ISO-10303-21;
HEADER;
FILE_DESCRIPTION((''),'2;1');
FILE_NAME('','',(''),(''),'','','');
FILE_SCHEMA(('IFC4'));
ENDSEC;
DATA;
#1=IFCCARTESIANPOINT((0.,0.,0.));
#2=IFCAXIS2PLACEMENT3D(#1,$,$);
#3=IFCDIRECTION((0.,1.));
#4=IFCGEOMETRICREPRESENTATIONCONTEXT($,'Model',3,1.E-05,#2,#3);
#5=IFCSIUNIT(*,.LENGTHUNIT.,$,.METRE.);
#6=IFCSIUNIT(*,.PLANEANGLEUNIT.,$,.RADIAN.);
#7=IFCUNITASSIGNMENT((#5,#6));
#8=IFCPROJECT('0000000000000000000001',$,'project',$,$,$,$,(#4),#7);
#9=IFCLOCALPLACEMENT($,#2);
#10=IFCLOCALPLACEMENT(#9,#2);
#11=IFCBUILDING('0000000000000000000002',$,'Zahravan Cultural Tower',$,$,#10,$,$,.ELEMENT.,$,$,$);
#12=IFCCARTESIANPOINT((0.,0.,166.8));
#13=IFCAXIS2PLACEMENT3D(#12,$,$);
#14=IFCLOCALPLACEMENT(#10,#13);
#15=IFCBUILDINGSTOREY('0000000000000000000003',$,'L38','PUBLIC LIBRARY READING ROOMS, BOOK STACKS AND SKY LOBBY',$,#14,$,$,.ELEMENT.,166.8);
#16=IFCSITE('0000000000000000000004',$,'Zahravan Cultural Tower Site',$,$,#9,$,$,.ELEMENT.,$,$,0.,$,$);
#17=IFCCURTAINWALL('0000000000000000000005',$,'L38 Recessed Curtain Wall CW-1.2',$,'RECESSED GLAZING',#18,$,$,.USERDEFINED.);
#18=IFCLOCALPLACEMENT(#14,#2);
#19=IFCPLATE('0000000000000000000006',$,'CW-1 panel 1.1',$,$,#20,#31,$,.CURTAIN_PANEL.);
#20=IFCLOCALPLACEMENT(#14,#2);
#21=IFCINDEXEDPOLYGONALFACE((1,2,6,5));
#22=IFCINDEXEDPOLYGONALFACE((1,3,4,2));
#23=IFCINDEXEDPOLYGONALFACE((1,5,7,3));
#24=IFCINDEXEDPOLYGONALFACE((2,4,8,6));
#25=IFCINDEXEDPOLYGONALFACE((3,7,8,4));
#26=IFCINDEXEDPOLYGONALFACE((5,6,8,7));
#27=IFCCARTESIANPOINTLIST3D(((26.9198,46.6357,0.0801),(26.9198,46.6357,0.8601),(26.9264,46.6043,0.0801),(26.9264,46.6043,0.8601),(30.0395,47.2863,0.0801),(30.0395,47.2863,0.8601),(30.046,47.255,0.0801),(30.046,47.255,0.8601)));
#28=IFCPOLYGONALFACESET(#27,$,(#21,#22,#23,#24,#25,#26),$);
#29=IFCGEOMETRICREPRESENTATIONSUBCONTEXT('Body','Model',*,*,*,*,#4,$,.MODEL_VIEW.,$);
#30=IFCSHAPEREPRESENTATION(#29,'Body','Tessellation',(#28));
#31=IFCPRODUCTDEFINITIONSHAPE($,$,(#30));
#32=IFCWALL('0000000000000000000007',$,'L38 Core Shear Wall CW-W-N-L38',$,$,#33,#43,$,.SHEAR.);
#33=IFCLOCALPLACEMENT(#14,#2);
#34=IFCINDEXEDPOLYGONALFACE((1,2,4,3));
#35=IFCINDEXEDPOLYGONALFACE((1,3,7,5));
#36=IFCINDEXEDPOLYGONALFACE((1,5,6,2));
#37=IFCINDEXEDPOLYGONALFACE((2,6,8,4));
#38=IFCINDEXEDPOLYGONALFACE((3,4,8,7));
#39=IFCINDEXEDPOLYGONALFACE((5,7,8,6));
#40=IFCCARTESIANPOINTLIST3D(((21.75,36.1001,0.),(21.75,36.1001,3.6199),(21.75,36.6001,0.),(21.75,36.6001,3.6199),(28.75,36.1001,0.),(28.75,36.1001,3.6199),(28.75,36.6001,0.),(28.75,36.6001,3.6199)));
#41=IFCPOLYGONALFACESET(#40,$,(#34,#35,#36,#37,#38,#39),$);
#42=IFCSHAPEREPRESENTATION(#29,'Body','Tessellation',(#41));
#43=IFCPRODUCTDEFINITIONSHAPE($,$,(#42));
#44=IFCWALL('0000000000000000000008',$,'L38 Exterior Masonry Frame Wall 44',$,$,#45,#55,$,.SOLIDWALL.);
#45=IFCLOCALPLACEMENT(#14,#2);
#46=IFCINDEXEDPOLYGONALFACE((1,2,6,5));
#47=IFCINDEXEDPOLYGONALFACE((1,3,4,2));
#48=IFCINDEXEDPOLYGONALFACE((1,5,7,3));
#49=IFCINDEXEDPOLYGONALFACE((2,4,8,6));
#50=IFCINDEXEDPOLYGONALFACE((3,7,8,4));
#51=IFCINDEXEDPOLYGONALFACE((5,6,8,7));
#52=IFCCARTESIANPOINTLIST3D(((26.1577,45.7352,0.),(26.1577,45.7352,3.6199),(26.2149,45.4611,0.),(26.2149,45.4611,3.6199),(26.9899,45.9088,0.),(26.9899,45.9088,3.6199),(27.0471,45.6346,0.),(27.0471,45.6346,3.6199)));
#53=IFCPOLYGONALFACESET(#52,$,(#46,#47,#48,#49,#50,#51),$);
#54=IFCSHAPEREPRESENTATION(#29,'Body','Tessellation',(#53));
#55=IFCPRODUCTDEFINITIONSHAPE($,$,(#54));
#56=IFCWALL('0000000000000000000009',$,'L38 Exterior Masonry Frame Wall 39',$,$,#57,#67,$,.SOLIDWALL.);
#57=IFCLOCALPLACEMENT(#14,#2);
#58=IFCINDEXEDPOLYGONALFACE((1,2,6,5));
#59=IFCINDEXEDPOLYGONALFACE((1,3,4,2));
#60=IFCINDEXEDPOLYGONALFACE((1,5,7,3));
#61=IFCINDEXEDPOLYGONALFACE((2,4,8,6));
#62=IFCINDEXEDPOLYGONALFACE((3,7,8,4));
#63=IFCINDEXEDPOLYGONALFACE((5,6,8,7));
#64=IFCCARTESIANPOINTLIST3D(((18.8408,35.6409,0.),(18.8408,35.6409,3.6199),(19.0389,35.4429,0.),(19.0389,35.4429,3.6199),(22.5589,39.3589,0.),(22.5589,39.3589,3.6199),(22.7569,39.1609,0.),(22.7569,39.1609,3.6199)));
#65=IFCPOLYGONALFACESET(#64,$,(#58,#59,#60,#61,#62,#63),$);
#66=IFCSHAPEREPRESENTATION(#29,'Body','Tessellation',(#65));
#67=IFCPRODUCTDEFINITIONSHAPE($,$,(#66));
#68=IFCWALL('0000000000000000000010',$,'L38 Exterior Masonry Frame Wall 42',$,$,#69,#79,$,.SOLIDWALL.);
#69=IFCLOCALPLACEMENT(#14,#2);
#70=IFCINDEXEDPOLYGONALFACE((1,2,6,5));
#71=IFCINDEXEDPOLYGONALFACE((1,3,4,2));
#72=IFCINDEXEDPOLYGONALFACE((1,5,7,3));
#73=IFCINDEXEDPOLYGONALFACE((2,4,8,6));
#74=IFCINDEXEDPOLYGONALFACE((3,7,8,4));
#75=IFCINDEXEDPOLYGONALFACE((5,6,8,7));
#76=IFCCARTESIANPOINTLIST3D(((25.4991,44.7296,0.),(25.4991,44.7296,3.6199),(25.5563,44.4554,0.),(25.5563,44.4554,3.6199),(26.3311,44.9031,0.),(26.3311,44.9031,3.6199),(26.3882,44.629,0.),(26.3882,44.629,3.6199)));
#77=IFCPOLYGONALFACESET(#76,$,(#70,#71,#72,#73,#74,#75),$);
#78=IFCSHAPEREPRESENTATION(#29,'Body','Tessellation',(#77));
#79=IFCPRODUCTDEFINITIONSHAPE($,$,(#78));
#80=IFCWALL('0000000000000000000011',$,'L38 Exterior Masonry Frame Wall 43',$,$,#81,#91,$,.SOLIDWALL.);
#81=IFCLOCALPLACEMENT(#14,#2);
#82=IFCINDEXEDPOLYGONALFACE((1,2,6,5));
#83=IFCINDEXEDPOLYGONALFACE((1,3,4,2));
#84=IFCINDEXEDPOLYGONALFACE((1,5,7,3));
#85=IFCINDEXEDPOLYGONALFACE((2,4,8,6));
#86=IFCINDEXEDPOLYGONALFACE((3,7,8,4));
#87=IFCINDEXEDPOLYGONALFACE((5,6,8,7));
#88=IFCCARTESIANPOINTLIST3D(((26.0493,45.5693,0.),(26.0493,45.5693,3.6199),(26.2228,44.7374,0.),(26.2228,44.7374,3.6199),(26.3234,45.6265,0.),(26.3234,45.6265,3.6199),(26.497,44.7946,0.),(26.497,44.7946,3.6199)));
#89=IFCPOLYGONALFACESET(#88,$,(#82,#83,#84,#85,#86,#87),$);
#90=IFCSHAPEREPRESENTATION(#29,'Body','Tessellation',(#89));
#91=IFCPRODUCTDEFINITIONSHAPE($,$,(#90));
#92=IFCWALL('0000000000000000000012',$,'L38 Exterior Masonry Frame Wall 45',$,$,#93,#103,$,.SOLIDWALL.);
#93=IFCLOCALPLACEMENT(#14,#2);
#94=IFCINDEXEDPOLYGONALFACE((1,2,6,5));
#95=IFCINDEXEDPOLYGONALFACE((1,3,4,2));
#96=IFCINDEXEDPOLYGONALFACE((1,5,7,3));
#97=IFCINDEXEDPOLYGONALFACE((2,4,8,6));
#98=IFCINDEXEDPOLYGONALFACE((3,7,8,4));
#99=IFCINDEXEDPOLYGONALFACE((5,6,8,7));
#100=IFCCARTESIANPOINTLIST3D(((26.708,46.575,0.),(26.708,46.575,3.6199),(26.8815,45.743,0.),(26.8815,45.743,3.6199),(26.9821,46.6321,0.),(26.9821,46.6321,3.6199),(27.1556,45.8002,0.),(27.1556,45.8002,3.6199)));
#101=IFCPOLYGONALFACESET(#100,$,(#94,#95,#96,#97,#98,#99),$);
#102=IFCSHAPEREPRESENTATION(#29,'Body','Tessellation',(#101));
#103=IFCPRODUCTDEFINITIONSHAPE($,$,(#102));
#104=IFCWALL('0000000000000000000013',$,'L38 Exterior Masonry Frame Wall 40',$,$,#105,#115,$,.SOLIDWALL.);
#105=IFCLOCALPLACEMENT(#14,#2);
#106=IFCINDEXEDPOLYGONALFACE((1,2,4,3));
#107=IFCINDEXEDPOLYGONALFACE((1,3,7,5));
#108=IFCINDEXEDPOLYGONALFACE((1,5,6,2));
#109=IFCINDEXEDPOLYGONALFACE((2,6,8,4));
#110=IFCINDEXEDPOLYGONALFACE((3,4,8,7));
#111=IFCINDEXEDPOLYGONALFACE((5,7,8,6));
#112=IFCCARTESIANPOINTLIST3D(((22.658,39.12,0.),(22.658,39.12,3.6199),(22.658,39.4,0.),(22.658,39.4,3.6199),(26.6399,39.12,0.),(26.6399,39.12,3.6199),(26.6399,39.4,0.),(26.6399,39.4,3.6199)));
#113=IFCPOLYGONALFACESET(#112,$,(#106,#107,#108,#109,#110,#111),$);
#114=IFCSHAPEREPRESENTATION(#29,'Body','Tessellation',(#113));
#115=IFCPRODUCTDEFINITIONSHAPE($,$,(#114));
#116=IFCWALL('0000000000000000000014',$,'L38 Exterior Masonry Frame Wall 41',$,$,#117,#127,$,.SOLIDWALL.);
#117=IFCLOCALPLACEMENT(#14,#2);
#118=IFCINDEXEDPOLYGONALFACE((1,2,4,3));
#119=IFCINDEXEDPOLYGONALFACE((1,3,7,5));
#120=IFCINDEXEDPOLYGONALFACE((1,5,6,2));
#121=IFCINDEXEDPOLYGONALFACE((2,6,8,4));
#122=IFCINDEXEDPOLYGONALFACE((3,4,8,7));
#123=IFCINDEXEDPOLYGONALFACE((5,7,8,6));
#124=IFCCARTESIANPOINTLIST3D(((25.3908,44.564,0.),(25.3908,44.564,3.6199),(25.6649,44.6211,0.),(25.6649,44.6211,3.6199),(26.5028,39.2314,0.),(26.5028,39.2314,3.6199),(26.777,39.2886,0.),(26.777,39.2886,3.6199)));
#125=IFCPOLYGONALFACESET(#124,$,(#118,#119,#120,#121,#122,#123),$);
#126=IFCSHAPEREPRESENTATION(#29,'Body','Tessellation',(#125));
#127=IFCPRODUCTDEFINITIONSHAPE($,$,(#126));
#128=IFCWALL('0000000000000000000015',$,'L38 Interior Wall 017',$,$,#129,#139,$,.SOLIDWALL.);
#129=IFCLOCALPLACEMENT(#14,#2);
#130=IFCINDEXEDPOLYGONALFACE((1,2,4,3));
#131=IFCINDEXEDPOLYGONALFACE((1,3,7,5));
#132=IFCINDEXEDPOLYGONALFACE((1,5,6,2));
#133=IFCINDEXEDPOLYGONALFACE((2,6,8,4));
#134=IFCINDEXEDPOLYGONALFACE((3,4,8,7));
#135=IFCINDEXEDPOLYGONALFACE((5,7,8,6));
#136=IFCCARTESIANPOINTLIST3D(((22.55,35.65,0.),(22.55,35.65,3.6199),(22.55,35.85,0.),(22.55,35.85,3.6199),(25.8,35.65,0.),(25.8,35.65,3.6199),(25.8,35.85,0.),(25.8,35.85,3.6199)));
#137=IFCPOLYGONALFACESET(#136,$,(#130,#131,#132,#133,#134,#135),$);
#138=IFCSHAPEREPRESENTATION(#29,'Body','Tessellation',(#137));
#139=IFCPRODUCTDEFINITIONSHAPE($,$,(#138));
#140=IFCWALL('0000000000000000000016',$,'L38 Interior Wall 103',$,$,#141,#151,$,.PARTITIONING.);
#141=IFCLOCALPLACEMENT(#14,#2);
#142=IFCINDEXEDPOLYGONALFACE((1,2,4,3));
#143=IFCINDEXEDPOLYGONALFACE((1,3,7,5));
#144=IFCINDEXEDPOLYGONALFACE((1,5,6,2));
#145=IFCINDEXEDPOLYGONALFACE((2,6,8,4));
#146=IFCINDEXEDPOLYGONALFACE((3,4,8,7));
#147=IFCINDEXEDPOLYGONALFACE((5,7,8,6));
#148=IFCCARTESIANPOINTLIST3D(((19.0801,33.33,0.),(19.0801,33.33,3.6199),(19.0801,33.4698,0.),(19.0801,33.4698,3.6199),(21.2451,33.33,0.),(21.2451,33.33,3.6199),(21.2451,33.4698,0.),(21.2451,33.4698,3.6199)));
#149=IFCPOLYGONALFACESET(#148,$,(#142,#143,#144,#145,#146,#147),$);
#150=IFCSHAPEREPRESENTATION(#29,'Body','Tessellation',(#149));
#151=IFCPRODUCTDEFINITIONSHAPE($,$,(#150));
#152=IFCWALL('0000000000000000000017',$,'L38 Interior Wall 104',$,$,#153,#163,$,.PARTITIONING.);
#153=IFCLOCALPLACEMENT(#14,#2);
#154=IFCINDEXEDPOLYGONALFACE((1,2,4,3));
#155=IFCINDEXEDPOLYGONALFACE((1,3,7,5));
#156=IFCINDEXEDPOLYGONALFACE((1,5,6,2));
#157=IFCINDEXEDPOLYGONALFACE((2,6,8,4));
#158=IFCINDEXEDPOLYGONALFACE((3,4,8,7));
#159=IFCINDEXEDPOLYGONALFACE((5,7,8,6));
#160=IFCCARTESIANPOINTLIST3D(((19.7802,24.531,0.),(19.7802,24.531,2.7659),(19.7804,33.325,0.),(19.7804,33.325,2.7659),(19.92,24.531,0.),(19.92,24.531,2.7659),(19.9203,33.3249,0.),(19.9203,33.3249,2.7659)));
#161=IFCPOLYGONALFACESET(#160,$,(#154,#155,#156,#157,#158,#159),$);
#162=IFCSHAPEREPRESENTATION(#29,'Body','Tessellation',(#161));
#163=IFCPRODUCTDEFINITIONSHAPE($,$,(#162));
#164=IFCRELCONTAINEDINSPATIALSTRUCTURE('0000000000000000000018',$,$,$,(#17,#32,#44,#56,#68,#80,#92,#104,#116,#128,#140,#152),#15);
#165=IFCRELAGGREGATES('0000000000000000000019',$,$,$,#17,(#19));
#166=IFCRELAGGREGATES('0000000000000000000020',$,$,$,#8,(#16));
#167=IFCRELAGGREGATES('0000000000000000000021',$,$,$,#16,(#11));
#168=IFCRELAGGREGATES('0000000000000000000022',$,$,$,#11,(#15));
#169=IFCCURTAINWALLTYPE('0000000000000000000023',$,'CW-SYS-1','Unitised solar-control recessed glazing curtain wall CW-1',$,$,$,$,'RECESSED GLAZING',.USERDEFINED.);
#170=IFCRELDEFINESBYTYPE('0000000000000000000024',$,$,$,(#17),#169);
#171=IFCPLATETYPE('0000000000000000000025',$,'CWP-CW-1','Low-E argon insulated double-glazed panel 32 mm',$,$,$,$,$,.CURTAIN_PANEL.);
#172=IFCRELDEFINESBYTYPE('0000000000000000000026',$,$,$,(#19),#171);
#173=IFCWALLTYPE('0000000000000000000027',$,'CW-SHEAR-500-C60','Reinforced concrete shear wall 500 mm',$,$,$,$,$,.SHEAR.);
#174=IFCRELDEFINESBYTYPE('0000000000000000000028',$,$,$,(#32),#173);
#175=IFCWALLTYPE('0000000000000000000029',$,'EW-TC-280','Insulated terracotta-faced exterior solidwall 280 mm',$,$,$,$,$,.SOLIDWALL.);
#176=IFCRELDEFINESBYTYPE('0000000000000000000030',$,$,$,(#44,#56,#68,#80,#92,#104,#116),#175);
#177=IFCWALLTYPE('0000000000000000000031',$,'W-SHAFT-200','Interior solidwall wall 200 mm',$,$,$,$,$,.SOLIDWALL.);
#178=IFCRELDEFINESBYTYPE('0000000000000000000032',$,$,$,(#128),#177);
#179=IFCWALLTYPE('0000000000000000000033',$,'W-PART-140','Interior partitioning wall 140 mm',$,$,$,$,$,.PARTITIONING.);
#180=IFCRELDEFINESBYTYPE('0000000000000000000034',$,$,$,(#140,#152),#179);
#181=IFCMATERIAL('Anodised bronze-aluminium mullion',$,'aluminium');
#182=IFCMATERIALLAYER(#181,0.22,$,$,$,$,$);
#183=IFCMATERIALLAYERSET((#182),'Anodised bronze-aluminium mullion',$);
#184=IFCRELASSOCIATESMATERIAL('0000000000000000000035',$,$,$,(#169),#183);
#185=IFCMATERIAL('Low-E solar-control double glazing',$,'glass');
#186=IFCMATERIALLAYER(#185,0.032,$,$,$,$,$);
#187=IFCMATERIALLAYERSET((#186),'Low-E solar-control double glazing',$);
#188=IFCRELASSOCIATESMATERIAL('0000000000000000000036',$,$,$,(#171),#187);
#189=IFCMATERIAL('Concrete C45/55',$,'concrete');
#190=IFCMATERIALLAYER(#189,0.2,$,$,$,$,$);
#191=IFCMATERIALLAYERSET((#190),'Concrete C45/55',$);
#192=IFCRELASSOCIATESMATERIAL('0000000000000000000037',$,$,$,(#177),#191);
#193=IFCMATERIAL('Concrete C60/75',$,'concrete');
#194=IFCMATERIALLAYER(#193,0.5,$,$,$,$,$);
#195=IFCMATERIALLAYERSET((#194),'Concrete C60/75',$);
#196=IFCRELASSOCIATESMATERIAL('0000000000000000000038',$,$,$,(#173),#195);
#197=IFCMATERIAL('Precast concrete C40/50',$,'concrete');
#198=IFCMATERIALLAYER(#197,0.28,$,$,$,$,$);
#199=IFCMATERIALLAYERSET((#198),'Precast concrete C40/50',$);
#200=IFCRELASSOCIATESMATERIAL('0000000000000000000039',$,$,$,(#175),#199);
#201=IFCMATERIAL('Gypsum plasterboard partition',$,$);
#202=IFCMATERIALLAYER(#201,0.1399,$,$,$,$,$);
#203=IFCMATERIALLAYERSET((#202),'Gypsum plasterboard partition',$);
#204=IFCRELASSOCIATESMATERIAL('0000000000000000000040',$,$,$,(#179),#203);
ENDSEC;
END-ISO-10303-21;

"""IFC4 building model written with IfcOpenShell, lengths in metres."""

from ifc_helpers import new_model, si_unit, direction, frame, frame_2d, origin, origin_2d, place, context, subcontext, project, spatial, rectangle, extrude, source, transform, mapped, material, layer, layer_set, type_object, element, aggregate, save


model = new_model("IFC4")

# Units and contexts
model_context = context("Model", 3, precision=1e-05, world=origin(), true_north=direction((0.0, 1.0)))
body_context = subcontext(model_context, "Body", "Model", "MODEL_VIEW")
ifc_project = project(units=[si_unit("LENGTHUNIT", "METRE"), si_unit("PLANEANGLEUNIT", "RADIAN")], contexts=[model_context])

# Site, building, storey
site_placement = place(None, origin())
site = spatial("IfcSite", under=ifc_project, at=site_placement, Name="Zahravan Cultural Tower Site", CompositionType="ELEMENT", RefElevation=0.0)
building_placement = place(site_placement, origin())
building = spatial("IfcBuilding", under=site, at=building_placement, Name="Zahravan Cultural Tower", CompositionType="ELEMENT")
storey_placement = place(building_placement, frame((0.0, 0.0, 166.8)))
storey = spatial("IfcBuildingStorey", under=building, at=storey_placement, Name="L38", Description="PUBLIC LIBRARY READING ROOMS, BOOK STACKS AND SKY LOBBY", CompositionType="ELEMENT", Elevation=166.8)

# Curtain wall, plate
ifc_material_1 = material(Name="Anodised bronze-aluminium mullion", Category="aluminium")
ifc_layer_1 = layer(ifc_material_1, 0.22)
ifc_layer_set_1 = layer_set([ifc_layer_1], Name="Anodised bronze-aluminium mullion")
curtain_wall_type = type_object("IfcCurtainWallType", Name="CW-SYS-1", Description="Unitised solar-control recessed glazing curtain wall CW-1", ElementType="RECESSED GLAZING", PredefinedType="USERDEFINED", material=ifc_layer_set_1)
curtain_wall_placement = place(storey_placement, origin())
curtain_wall = element("IfcCurtainWall", 1, at=curtain_wall_placement, inside=storey, type_object=curtain_wall_type, Name="L38 Recessed Curtain Wall CW-1.2", ObjectType="RECESSED GLAZING", PredefinedType="USERDEFINED")
ifc_material_2 = material(Name="Low-E solar-control double glazing", Category="glass")
ifc_layer_2 = layer(ifc_material_2, 0.032)
ifc_layer_set_2 = layer_set([ifc_layer_2], Name="Low-E solar-control double glazing")
plate_type = type_object("IfcPlateType", Name="CWP-CW-1", Description="Low-E argon insulated double-glazed panel 32 mm", PredefinedType="CURTAIN_PANEL", material=ifc_layer_set_2)
shared_shape_1 = source(origin(), body_context, "Body", "SweptSolid", [
    extrude(rectangle(XDim=3.1868, YDim=0.032, at=origin_2d()), origin(), (0.0, 0.0, 1.0), 0.78),
])
plate_placement = place(storey_placement, frame((28.4829, 46.9453, 0.0801), z_axis=(0.0, 0.0, 1.0), x_axis=(0.978937, 0.204162, 0.0)))
plate = element("IfcPlate", 2, at=plate_placement, type_object=plate_type, Name="CW-1 panel 1.1", PredefinedType="CURTAIN_PANEL", context=body_context, shape_type="MappedRepresentation", body=[
    mapped(shared_shape_1, transform((0.0, 0.0, 0.0), x_axis=(1.0, 0.0, 0.0), y_axis=(0.0, 1.0, 0.0), z_axis=(0.0, 0.0, 1.0), scale=1.0)),
])
aggregate(curtain_wall, [plate])

# Shared definitions
ifc_material_3 = material(Name="Concrete C45/55", Category="concrete")
ifc_layer_3 = layer(ifc_material_3, 0.2)
ifc_layer_set_3 = layer_set([ifc_layer_3], Name="Concrete C45/55")
wall_type_1 = type_object("IfcWallType", Name="W-SHAFT-200", Description="Interior solidwall wall 200 mm", PredefinedType="SOLIDWALL", material=ifc_layer_set_3)

# Walls
ifc_material_4 = material(Name="Concrete C60/75", Category="concrete")
ifc_layer_4 = layer(ifc_material_4, 0.5)
ifc_layer_set_4 = layer_set([ifc_layer_4], Name="Concrete C60/75")
wall_type_2 = type_object("IfcWallType", Name="CW-SHEAR-500-C60", Description="Reinforced concrete shear wall 500 mm", PredefinedType="SHEAR", material=ifc_layer_set_4)
shared_shape_2 = source(origin(), body_context, "Body", "SweptSolid", [
    extrude(rectangle(XDim=7.0, YDim=0.5, at=frame_2d((3.5, 0.0))), origin(), (0.0, 0.0, 1.0), 3.6199),
])
wall_1_placement = place(storey_placement, frame((21.75, 36.3501, 0.0), z_axis=(0.0, 0.0, 1.0), x_axis=(1.0, 0.0, 0.0)))
element("IfcWall", 3, at=wall_1_placement, inside=storey, type_object=wall_type_2, Name="L38 Core Shear Wall CW-W-N-L38", PredefinedType="SHEAR", context=body_context, shape_type="MappedRepresentation", body=[
    mapped(shared_shape_2, transform((0.0, 0.0, 0.0), x_axis=(1.0, 0.0, 0.0), y_axis=(0.0, 1.0, 0.0), z_axis=(0.0, 0.0, 1.0), scale=1.0)),
])
ifc_material_5 = material(Name="Precast concrete C40/50", Category="concrete")
ifc_layer_5 = layer(ifc_material_5, 0.28)
ifc_layer_set_5 = layer_set([ifc_layer_5], Name="Precast concrete C40/50")
wall_type_3 = type_object("IfcWallType", Name="EW-TC-280", Description="Insulated terracotta-faced exterior solidwall 280 mm", PredefinedType="SOLIDWALL", material=ifc_layer_set_5)
shared_shape_3 = source(origin(), body_context, "Body", "SweptSolid", [
    extrude(rectangle(XDim=0.8501, YDim=0.28, at=frame_2d((0.425, 0.0))), origin(), (0.0, 0.0, 1.0), 3.6199),
])
wall_2_placement = place(storey_placement, frame((26.1863, 45.5981, 0.0), z_axis=(0.0, 0.0, 1.0), x_axis=(0.978935, 0.204172, 0.0)))
element("IfcWall", 4, at=wall_2_placement, inside=storey, type_object=wall_type_3, Name="L38 Exterior Masonry Frame Wall 44", PredefinedType="SOLIDWALL", context=body_context, shape_type="MappedRepresentation", body=[
    mapped(shared_shape_3, transform((0.0, 0.0, 0.0), x_axis=(1.0, 0.0, 0.0), y_axis=(0.0, 1.0, 0.0), z_axis=(0.0, 0.0, 1.0), scale=1.0)),
])
shared_shape_4 = source(origin(), body_context, "Body", "SweptSolid", [
    extrude(rectangle(XDim=5.2581, YDim=0.28, at=frame_2d((2.6289, 0.0))), origin(), (0.0, 0.0, 1.0), 3.6199),
])
wall_3_placement = place(storey_placement, frame((18.9399, 35.542, 0.0), z_axis=(0.0, 0.0, 1.0), x_axis=(0.707107, 0.707107, 0.0)))
element("IfcWall", 5, at=wall_3_placement, inside=storey, type_object=wall_type_3, Name="L38 Exterior Masonry Frame Wall 39", PredefinedType="SOLIDWALL", context=body_context, shape_type="MappedRepresentation", body=[
    mapped(shared_shape_4, transform((0.0, 0.0, 0.0), x_axis=(1.0, 0.0, 0.0), y_axis=(0.0, 1.0, 0.0), z_axis=(0.0, 0.0, 1.0), scale=1.0)),
])
shared_shape_5 = source(origin(), body_context, "Body", "SweptSolid", [
    extrude(rectangle(XDim=0.8499, YDim=0.28, at=frame_2d((0.4248, 0.0))), origin(), (0.0, 0.0, 1.0), 3.6199),
])
for number, where, z_axis, x_axis, name in (
    (6, (25.5278, 44.5925, 0.0), (0.0, 0.0, 1.0), (0.978923, 0.20423, 0.0), "L38 Exterior Masonry Frame Wall 42"),
    (7, (26.3599, 44.7661, 0.0), (0.0, 0.0, 1.0), (-0.20423, 0.978923, 0.0), "L38 Exterior Masonry Frame Wall 43"),
    (8, (27.0186, 45.7717, 0.0), (0.0, 0.0, 1.0), (-0.20423, 0.978923, 0.0), "L38 Exterior Masonry Frame Wall 45"),
):
    element("IfcWall", number, at=place(storey_placement, frame(where, z_axis=z_axis, x_axis=x_axis)), inside=storey, type_object=wall_type_3, Name=name, PredefinedType="SOLIDWALL", context=body_context, shape_type="MappedRepresentation", body=[
        mapped(shared_shape_5, transform((0.0, 0.0, 0.0), x_axis=(1.0, 0.0, 0.0), y_axis=(0.0, 1.0, 0.0), z_axis=(0.0, 0.0, 1.0), scale=1.0)),
    ])
shared_shape_6 = source(origin(), body_context, "Body", "SweptSolid", [
    extrude(rectangle(XDim=3.9819, YDim=0.28, at=frame_2d((1.991, 0.0))), origin(), (0.0, 0.0, 1.0), 3.6199),
])
wall_4_placement = place(storey_placement, frame((22.658, 39.26, 0.0), z_axis=(0.0, 0.0, 1.0), x_axis=(1.0, 0.0, 0.0)))
element("IfcWall", 9, at=wall_4_placement, inside=storey, type_object=wall_type_3, Name="L38 Exterior Masonry Frame Wall 40", PredefinedType="SOLIDWALL", context=body_context, shape_type="MappedRepresentation", body=[
    mapped(shared_shape_6, transform((0.0, 0.0, 0.0), x_axis=(1.0, 0.0, 0.0), y_axis=(0.0, 1.0, 0.0), z_axis=(0.0, 0.0, 1.0), scale=1.0)),
])
shared_shape_7 = source(origin(), body_context, "Body", "SweptSolid", [
    extrude(rectangle(XDim=5.4473, YDim=0.28, at=frame_2d((2.7236, 0.0))), origin(), (0.0, 0.0, 1.0), 3.6199),
])
wall_5_placement = place(storey_placement, frame((26.6399, 39.26, 0.0), z_axis=(0.0, 0.0, 1.0), x_axis=(-0.204151, 0.978939, 0.0)))
element("IfcWall", 10, at=wall_5_placement, inside=storey, type_object=wall_type_3, Name="L38 Exterior Masonry Frame Wall 41", PredefinedType="SOLIDWALL", context=body_context, shape_type="MappedRepresentation", body=[
    mapped(shared_shape_7, transform((0.0, 0.0, 0.0), x_axis=(1.0, 0.0, 0.0), y_axis=(0.0, 1.0, 0.0), z_axis=(0.0, 0.0, 1.0), scale=1.0)),
])
shared_shape_8 = source(origin(), body_context, "Body", "SweptSolid", [
    extrude(rectangle(XDim=3.25, YDim=0.2, at=frame_2d((1.625, 0.0))), origin(), (0.0, 0.0, 1.0), 3.6199),
])
wall_6_placement = place(storey_placement, frame((22.55, 35.75, 0.0), z_axis=(0.0, 0.0, 1.0), x_axis=(1.0, 0.0, 0.0)))
element("IfcWall", 11, at=wall_6_placement, inside=storey, type_object=wall_type_1, Name="L38 Interior Wall 017", PredefinedType="SOLIDWALL", context=body_context, shape_type="MappedRepresentation", body=[
    mapped(shared_shape_8, transform((0.0, 0.0, 0.0), x_axis=(1.0, 0.0, 0.0), y_axis=(0.0, 1.0, 0.0), z_axis=(0.0, 0.0, 1.0), scale=1.0)),
])
ifc_material_6 = material(Name="Gypsum plasterboard partition")
ifc_layer_6 = layer(ifc_material_6, 0.1399)
ifc_layer_set_6 = layer_set([ifc_layer_6], Name="Gypsum plasterboard partition")
wall_type_4 = type_object("IfcWallType", Name="W-PART-140", Description="Interior partitioning wall 140 mm", PredefinedType="PARTITIONING", material=ifc_layer_set_6)
shared_shape_9 = source(origin(), body_context, "Body", "SweptSolid", [
    extrude(rectangle(XDim=2.165, YDim=0.1399, at=frame_2d((1.0825, 0.0))), origin(), (0.0, 0.0, 1.0), 3.6199),
])
wall_7_placement = place(storey_placement, frame((21.2451, 33.3999, 0.0), z_axis=(0.0, 0.0, 1.0), x_axis=(-1.0, 0.0, 0.0)))
element("IfcWall", 12, at=wall_7_placement, inside=storey, type_object=wall_type_4, Name="L38 Interior Wall 103", PredefinedType="PARTITIONING", context=body_context, shape_type="MappedRepresentation", body=[
    mapped(shared_shape_9, transform((0.0, 0.0, 0.0), x_axis=(1.0, 0.0, 0.0), y_axis=(0.0, 1.0, 0.0), z_axis=(0.0, 0.0, 1.0), scale=1.0)),
])
shared_shape_10 = source(origin(), body_context, "Body", "SweptSolid", [
    extrude(rectangle(XDim=8.7939, YDim=0.1399, at=frame_2d((4.397, 0.0))), origin(), (0.0, 0.0, 1.0), 2.7659),
])
wall_8_placement = place(storey_placement, frame((19.8503, 33.325, 0.0), z_axis=(0.0, 0.0, 1.0), x_axis=(-0.000028, -1.0, 0.0)))
element("IfcWall", 13, at=wall_8_placement, inside=storey, type_object=wall_type_4, Name="L38 Interior Wall 104", PredefinedType="PARTITIONING", context=body_context, shape_type="MappedRepresentation", body=[
    mapped(shared_shape_10, transform((0.0, 0.0, 0.0), x_axis=(1.0, 0.0, 0.0), y_axis=(0.0, 1.0, 0.0), z_axis=(0.0, 0.0, 1.0), scale=1.0)),
])

save(model, "model.ifc")
